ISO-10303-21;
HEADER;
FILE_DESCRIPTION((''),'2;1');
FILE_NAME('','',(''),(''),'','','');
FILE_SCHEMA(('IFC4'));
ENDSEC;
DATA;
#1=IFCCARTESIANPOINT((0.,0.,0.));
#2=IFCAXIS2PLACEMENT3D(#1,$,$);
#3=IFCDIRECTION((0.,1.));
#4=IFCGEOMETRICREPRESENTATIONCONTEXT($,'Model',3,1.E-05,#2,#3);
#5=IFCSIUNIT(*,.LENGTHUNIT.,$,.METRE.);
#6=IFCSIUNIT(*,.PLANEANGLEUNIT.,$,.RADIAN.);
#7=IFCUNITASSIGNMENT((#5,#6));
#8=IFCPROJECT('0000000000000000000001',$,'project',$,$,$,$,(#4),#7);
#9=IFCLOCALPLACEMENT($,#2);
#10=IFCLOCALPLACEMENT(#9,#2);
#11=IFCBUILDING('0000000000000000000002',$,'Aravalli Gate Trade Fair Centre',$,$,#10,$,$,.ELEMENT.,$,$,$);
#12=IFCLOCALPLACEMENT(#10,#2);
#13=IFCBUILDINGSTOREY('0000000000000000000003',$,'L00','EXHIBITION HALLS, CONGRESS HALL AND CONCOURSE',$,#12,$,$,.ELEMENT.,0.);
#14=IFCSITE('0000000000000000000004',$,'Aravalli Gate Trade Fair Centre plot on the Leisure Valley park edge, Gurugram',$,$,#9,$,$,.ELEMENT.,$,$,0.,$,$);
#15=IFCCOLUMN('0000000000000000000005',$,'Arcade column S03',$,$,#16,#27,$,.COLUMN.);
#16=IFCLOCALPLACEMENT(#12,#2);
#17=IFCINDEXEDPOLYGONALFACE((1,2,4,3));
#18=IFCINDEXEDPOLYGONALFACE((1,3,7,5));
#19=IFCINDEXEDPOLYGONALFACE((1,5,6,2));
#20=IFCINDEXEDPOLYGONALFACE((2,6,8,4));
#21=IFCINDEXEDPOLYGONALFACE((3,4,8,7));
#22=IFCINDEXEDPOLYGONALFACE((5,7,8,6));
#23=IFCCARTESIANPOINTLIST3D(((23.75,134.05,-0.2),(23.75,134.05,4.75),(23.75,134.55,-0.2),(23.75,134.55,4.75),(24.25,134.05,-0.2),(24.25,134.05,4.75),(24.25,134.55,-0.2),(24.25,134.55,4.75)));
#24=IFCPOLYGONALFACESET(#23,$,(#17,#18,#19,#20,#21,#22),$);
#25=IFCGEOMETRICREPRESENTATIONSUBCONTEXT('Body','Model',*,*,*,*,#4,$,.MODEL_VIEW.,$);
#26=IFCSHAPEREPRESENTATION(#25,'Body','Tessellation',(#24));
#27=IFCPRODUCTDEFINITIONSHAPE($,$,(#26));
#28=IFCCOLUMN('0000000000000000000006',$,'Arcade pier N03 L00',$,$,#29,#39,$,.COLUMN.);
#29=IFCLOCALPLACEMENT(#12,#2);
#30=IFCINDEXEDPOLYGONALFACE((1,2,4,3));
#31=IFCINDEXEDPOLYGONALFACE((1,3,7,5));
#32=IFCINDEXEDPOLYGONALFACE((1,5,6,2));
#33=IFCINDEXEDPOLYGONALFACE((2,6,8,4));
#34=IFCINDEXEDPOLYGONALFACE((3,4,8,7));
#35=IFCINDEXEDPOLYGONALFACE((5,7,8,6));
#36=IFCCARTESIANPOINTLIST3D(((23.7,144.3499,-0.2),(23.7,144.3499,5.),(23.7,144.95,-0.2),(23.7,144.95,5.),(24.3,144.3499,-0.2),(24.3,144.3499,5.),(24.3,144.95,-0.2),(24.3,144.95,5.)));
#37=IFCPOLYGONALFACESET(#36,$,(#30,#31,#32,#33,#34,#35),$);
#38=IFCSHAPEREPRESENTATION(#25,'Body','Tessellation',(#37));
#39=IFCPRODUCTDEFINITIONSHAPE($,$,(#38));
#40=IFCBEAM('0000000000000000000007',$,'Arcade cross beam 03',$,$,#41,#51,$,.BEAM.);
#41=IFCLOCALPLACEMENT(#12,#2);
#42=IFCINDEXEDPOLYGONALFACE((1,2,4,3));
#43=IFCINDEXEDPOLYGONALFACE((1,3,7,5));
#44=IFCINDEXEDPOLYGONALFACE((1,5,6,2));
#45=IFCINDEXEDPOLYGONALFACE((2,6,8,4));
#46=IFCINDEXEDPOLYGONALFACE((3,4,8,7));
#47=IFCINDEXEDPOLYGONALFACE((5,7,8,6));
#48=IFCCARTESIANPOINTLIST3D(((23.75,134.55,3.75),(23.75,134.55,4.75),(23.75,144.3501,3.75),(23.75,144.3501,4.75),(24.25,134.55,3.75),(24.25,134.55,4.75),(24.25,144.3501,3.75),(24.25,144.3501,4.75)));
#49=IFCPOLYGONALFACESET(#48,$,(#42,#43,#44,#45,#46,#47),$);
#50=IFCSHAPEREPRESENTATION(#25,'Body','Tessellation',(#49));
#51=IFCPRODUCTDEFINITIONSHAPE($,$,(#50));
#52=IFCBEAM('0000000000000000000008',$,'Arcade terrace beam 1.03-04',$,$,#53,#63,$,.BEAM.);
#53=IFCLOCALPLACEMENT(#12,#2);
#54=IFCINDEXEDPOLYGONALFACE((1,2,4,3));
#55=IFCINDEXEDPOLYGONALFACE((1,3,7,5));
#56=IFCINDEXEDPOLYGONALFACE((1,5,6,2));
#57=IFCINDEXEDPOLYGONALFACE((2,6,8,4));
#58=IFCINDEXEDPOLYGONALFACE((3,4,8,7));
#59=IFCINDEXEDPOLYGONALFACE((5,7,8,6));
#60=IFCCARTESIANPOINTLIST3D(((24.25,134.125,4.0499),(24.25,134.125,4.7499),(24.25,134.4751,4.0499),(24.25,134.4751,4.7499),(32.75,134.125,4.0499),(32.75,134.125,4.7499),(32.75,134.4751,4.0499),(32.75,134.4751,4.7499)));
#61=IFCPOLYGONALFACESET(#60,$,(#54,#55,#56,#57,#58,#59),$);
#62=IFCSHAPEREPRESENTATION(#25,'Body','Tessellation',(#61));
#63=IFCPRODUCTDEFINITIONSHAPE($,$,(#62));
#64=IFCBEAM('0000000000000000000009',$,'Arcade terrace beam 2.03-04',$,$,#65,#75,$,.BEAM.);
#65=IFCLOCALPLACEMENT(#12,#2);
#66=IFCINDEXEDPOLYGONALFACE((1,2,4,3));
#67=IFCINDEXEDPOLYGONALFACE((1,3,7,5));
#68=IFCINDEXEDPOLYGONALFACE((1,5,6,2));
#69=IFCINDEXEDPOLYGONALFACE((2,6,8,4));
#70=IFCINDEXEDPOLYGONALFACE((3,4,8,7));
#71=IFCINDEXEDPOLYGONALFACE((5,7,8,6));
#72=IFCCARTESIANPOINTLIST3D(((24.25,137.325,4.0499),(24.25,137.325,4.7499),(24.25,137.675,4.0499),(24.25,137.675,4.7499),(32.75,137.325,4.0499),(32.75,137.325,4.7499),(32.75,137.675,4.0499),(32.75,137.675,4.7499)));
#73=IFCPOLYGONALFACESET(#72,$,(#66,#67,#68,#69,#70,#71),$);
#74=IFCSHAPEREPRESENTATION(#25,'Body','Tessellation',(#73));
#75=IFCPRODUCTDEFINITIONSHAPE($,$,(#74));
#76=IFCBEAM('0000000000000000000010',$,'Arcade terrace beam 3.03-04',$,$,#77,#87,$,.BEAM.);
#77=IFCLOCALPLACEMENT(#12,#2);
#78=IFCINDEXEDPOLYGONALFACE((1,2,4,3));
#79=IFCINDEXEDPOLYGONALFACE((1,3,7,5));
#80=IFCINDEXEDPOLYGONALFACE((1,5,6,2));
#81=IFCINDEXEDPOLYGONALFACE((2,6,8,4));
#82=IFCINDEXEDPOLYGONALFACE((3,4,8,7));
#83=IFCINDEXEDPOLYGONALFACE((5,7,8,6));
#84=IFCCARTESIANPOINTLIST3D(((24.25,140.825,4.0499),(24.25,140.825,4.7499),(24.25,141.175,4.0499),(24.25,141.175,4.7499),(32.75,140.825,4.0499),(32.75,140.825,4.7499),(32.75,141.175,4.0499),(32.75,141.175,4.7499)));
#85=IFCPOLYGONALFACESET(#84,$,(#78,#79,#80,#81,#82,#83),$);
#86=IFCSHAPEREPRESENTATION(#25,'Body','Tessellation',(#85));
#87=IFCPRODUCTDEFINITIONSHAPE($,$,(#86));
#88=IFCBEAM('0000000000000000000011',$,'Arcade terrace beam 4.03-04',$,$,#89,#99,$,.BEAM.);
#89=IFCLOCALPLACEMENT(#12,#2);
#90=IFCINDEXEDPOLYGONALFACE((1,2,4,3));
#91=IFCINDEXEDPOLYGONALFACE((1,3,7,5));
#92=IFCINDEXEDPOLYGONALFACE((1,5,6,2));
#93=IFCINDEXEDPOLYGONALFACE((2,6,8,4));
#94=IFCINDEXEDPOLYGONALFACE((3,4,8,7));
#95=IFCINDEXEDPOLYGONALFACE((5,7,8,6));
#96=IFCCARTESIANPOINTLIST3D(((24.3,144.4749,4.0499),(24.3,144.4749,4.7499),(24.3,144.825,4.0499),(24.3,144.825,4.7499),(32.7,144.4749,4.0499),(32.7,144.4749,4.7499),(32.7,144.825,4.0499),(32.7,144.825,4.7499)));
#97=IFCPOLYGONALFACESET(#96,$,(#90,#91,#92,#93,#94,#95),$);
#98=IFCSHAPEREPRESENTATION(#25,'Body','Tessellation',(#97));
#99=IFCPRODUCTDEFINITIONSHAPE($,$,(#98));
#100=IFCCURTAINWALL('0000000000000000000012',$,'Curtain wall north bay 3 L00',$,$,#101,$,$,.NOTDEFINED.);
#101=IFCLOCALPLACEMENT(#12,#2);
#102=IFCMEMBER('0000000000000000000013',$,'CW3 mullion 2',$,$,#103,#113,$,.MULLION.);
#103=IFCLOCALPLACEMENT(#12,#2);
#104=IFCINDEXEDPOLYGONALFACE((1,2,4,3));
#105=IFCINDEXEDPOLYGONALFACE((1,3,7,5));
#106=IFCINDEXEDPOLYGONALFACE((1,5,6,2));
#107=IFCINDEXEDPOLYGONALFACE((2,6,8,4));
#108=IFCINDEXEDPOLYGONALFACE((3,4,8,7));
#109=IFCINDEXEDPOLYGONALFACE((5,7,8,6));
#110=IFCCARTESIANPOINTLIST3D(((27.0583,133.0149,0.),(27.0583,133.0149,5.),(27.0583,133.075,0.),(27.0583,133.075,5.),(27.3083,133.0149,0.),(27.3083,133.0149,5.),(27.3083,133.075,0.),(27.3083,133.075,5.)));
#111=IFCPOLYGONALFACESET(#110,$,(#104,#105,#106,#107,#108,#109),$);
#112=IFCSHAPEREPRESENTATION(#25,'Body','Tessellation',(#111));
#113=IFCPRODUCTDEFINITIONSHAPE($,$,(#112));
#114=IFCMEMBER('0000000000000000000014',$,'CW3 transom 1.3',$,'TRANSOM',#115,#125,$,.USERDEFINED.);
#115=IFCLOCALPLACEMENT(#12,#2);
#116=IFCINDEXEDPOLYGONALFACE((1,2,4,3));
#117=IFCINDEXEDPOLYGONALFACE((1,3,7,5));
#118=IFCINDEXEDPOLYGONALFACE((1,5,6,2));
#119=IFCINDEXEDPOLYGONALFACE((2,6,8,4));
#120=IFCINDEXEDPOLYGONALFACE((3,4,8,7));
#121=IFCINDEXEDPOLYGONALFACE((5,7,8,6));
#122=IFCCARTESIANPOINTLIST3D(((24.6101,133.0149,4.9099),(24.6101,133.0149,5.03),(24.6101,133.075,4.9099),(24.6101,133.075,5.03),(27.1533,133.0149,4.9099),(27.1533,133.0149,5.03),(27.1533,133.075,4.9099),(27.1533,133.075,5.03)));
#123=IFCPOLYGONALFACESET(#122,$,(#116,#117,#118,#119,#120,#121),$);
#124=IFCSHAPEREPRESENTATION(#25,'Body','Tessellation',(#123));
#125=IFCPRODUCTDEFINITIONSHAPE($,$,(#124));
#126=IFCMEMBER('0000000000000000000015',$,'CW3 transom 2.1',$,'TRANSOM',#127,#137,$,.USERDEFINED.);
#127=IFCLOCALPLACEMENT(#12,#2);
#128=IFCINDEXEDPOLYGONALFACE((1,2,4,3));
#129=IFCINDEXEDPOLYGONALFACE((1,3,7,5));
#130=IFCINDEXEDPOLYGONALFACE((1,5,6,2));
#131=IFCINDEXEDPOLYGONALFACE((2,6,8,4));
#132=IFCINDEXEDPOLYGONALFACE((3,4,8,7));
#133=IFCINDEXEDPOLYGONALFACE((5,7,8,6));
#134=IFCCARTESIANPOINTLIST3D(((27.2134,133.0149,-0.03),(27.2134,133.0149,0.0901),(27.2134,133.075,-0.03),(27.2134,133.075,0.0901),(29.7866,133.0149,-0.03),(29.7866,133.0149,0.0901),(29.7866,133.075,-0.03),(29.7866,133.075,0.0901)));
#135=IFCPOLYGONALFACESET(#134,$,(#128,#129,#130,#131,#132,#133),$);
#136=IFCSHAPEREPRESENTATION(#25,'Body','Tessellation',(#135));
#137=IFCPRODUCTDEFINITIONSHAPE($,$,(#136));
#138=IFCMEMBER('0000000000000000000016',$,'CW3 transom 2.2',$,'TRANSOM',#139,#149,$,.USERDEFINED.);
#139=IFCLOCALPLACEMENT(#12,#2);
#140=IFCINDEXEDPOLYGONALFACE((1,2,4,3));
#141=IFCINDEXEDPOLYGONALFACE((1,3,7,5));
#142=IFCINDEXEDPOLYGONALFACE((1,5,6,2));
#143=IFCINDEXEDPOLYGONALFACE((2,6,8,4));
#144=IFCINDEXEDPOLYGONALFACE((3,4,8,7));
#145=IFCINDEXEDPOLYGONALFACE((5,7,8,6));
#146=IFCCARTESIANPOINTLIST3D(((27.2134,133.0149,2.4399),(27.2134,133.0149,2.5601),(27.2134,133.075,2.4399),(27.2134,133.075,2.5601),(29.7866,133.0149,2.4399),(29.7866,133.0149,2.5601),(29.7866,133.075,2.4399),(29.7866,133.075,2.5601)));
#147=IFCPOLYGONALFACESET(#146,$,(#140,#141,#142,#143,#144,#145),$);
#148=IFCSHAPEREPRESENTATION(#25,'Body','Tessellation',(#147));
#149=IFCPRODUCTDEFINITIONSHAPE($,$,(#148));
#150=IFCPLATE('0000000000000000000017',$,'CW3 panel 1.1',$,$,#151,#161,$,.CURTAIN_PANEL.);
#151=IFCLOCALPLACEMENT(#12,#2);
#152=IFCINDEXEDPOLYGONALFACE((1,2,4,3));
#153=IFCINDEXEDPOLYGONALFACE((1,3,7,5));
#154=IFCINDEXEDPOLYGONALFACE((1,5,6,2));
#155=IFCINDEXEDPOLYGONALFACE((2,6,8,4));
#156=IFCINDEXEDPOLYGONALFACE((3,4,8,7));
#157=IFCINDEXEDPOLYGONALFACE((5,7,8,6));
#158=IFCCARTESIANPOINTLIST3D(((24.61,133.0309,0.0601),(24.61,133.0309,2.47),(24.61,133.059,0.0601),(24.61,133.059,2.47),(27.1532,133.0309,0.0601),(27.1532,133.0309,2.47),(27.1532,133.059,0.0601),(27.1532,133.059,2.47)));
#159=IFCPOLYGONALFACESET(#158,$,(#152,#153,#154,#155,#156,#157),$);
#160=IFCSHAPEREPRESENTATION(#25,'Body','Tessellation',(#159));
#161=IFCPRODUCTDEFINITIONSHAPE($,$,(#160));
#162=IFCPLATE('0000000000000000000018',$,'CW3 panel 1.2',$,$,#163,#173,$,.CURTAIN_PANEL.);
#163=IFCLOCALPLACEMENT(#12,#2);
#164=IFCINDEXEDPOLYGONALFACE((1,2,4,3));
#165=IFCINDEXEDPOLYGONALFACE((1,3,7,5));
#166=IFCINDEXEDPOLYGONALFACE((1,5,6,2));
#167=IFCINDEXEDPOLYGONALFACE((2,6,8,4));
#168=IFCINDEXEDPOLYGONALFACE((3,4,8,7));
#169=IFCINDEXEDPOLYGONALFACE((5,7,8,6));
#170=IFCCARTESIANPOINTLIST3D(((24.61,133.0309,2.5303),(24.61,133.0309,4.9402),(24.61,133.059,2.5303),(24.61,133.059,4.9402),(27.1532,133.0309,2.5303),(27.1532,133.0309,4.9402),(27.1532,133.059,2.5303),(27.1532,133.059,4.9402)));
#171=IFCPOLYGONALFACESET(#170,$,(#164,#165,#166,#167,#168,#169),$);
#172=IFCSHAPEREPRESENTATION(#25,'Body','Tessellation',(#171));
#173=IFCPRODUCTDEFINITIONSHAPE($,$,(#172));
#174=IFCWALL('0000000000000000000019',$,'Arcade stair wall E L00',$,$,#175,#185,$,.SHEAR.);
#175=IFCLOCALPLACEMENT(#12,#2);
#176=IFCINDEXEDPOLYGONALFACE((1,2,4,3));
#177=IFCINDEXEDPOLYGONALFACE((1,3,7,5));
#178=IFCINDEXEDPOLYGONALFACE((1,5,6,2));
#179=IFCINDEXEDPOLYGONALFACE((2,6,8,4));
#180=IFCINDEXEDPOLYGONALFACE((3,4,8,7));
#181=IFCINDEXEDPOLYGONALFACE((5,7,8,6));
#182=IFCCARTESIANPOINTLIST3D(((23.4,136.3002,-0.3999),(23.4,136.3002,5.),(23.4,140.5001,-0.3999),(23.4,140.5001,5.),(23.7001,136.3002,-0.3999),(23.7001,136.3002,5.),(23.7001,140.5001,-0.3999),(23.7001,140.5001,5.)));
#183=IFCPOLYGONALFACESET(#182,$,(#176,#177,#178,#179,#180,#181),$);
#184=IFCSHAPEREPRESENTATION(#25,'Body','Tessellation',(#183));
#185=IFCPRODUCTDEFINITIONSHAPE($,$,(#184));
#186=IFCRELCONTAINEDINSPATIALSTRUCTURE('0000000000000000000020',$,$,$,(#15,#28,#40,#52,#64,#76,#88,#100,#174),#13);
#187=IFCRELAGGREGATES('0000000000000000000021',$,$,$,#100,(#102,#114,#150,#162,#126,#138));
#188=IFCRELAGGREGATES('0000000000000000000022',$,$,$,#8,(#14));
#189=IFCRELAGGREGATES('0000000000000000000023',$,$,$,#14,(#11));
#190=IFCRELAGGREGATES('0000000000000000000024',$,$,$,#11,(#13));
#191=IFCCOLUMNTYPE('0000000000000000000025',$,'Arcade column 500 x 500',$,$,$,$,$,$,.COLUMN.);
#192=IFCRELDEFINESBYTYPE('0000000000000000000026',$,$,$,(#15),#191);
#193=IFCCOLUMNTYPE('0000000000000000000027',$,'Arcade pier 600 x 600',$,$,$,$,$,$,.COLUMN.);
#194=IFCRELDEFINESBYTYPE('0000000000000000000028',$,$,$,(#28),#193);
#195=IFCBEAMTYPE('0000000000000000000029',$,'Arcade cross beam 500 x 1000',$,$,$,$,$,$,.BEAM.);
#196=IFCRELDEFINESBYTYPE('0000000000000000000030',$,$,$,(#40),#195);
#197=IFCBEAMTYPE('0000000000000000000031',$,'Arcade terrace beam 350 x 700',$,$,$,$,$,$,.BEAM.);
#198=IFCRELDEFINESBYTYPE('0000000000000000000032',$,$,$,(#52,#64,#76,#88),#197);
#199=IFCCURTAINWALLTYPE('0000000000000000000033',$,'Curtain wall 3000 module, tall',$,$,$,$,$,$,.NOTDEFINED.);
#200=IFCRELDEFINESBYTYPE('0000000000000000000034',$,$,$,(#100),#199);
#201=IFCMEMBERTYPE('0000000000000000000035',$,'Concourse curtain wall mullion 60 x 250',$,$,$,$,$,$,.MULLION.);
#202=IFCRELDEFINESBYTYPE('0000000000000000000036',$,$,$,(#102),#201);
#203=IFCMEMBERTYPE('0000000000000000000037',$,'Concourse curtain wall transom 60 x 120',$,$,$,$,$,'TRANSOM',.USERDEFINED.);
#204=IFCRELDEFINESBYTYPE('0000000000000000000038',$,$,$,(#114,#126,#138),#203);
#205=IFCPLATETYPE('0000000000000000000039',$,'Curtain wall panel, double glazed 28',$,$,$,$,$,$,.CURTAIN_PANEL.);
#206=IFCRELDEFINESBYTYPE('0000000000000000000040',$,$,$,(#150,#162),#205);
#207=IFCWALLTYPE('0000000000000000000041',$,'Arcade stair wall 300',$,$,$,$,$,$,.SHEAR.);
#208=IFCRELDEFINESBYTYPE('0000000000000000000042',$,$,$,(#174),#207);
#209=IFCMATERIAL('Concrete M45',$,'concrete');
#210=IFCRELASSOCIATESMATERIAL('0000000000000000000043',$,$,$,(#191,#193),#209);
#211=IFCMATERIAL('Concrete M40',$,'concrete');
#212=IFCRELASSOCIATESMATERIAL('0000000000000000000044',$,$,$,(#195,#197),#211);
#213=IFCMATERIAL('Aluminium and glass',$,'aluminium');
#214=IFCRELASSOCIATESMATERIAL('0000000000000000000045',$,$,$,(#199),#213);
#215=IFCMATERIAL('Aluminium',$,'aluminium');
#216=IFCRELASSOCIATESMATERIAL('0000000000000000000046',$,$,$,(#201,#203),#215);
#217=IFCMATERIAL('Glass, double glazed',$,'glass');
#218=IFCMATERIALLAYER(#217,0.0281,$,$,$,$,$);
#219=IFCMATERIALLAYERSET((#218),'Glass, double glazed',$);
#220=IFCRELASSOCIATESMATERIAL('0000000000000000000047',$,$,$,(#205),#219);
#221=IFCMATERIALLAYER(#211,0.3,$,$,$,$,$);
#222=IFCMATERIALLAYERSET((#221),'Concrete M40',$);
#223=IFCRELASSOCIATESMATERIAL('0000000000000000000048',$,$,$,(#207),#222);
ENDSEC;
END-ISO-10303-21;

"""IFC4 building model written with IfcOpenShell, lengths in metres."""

from ifc_helpers import new_model, si_unit, direction, frame, frame_2d, origin, origin_2d, place, context, subcontext, project, spatial, rectangle, extrude, material, layer, layer_set, material_profile, profile_set, type_object, element, aggregate, save


model = new_model("IFC4")

# Units and contexts
model_context = context("Model", 3, precision=1e-05, world=origin(), true_north=direction((0.0, 1.0)))
body_context = subcontext(model_context, "Body", "Model", "MODEL_VIEW")
ifc_project = project(units=[si_unit("LENGTHUNIT", "METRE"), si_unit("PLANEANGLEUNIT", "RADIAN")], contexts=[model_context])

# Site, building, storey
site_placement = place(None, origin())
site = spatial("IfcSite", under=ifc_project, at=site_placement, Name="Aravalli Gate Trade Fair Centre plot on the Leisure Valley park edge, Gurugram", CompositionType="ELEMENT", RefElevation=0.0)
building_placement = place(site_placement, origin())
building = spatial("IfcBuilding", under=site, at=building_placement, Name="Aravalli Gate Trade Fair Centre", CompositionType="ELEMENT")
storey_placement = place(building_placement, origin())
storey = spatial("IfcBuildingStorey", under=building, at=storey_placement, Name="L00", Description="EXHIBITION HALLS, CONGRESS HALL AND CONCOURSE", CompositionType="ELEMENT", Elevation=0.0)

# Columns
ifc_material_1 = material(Name="Concrete M45", Category="concrete")
ifc_material_profile_1 = material_profile(ifc_material_1, rectangle(XDim=0.5, YDim=0.5, at=origin_2d()), Name="Arcade column 500 x 500")
ifc_profile_set_1 = profile_set([ifc_material_profile_1], Name="Concrete M45")
column_type_1 = type_object("IfcColumnType", Name="Arcade column 500 x 500", PredefinedType="COLUMN", material=ifc_profile_set_1)
column_1_placement = place(storey_placement, frame((24.0, 134.3, -0.2), z_axis=(0.0, 0.0, 1.0), x_axis=(1.0, 0.0, 0.0)))
element("IfcColumn", 1, at=column_1_placement, inside=storey, type_object=column_type_1, Name="Arcade column S03", PredefinedType="COLUMN", context=body_context, shape_type="SweptSolid", body=[
    extrude(rectangle(XDim=0.5, YDim=0.5, at=origin_2d()), origin(), (0.0, 0.0, 1.0), 4.95),
])
ifc_material_profile_2 = material_profile(ifc_material_1, rectangle(XDim=0.6001, YDim=0.6001, at=origin_2d()), Name="Arcade pier 600 x 600")
ifc_profile_set_2 = profile_set([ifc_material_profile_2], Name="Concrete M45")
column_type_2 = type_object("IfcColumnType", Name="Arcade pier 600 x 600", PredefinedType="COLUMN", material=ifc_profile_set_2)
column_2_placement = place(storey_placement, frame((24.0, 144.6499, -0.2), z_axis=(0.0, 0.0, 1.0), x_axis=(1.0, 0.0, 0.0)))
element("IfcColumn", 2, at=column_2_placement, inside=storey, type_object=column_type_2, Name="Arcade pier N03 L00", PredefinedType="COLUMN", context=body_context, shape_type="SweptSolid", body=[
    extrude(rectangle(XDim=0.6001, YDim=0.6001, at=origin_2d()), origin(), (0.0, 0.0, 1.0), 5.2),
])

# Beams
ifc_material_2 = material(Name="Concrete M40", Category="concrete")
ifc_material_profile_3 = material_profile(ifc_material_2, rectangle(XDim=0.5, YDim=1.0, at=origin_2d()), Name="Arcade cross beam 500 x 1000")
ifc_profile_set_3 = profile_set([ifc_material_profile_3], Name="Concrete M40")
beam_type_1 = type_object("IfcBeamType", Name="Arcade cross beam 500 x 1000", PredefinedType="BEAM", material=ifc_profile_set_3)
beam_1_placement = place(storey_placement, frame((24.0, 134.55, 4.25), z_axis=(0.0, 1.0, 0.0), x_axis=(-1.0, 0.0, 0.0)))
element("IfcBeam", 3, at=beam_1_placement, inside=storey, type_object=beam_type_1, Name="Arcade cross beam 03", PredefinedType="BEAM", context=body_context, shape_type="SweptSolid", body=[
    extrude(rectangle(XDim=0.5, YDim=1.0, at=origin_2d()), origin(), (0.0, 0.0, 1.0), 9.8),
])
ifc_material_profile_4 = material_profile(ifc_material_2, rectangle(XDim=0.3501, YDim=0.7, at=origin_2d()), Name="Arcade terrace beam 350 x 700")
ifc_profile_set_4 = profile_set([ifc_material_profile_4], Name="Concrete M40")
beam_type_2 = type_object("IfcBeamType", Name="Arcade terrace beam 350 x 700", PredefinedType="BEAM", material=ifc_profile_set_4)
for number, where, z_axis, x_axis, name in (
    (4, (24.25, 134.3, 4.3999), (1.0, 0.0, 0.0), (0.0, 1.0, 0.0), "Arcade terrace beam 1.03-04"),
    (5, (24.25, 137.5, 4.3999), (1.0, 0.0, 0.0), (0.0, 1.0, 0.0), "Arcade terrace beam 2.03-04"),
    (6, (24.25, 141.0, 4.3999), (1.0, 0.0, 0.0), (0.0, 1.0, 0.0), "Arcade terrace beam 3.03-04"),
):
    element("IfcBeam", number, at=place(storey_placement, frame(where, z_axis=z_axis, x_axis=x_axis)), inside=storey, type_object=beam_type_2, Name=name, PredefinedType="BEAM", context=body_context, shape_type="SweptSolid", body=[
        extrude(rectangle(XDim=0.3501, YDim=0.7, at=origin_2d()), origin(), (0.0, 0.0, 1.0), 8.5),
    ])
beam_2_placement = place(storey_placement, frame((24.3, 144.6499, 4.3999), z_axis=(1.0, 0.0, 0.0), x_axis=(0.0, 1.0, 0.0)))
element("IfcBeam", 7, at=beam_2_placement, inside=storey, type_object=beam_type_2, Name="Arcade terrace beam 4.03-04", PredefinedType="BEAM", context=body_context, shape_type="SweptSolid", body=[
    extrude(rectangle(XDim=0.3501, YDim=0.7, at=origin_2d()), origin(), (0.0, 0.0, 1.0), 8.3999),
])

# Curtain wall, members, plates
ifc_material_3 = material(Name="Aluminium and glass", Category="aluminium")
curtain_wall_type = type_object("IfcCurtainWallType", Name="Curtain wall 3000 module, tall", PredefinedType="NOTDEFINED", material=ifc_material_3)
curtain_wall_placement = place(storey_placement, origin())
curtain_wall = element("IfcCurtainWall", 8, at=curtain_wall_placement, inside=storey, type_object=curtain_wall_type, Name="Curtain wall north bay 3 L00", PredefinedType="NOTDEFINED")
ifc_material_4 = material(Name="Aluminium", Category="aluminium")
ifc_material_profile_5 = material_profile(ifc_material_4, rectangle(XDim=0.0601, YDim=0.25, at=origin_2d()), Name="Concourse curtain wall mullion 60 x 250")
ifc_profile_set_5 = profile_set([ifc_material_profile_5], Name="Aluminium")
member_type_1 = type_object("IfcMemberType", Name="Concourse curtain wall mullion 60 x 250", PredefinedType="MULLION", material=ifc_profile_set_5)
member_1_placement = place(storey_placement, frame((27.1833, 133.0449, 0.0), z_axis=(0.0, 0.0, 1.0), x_axis=(0.0, 1.0, 0.0)))
member_1 = element("IfcMember", 9, at=member_1_placement, type_object=member_type_1, Name="CW3 mullion 2", PredefinedType="MULLION", context=body_context, shape_type="SweptSolid", body=[
    extrude(rectangle(XDim=0.0601, YDim=0.25, at=origin_2d()), origin(), (0.0, 0.0, 1.0), 5.0),
])
ifc_material_profile_6 = material_profile(ifc_material_4, rectangle(XDim=0.0601, YDim=0.1201, at=origin_2d()), Name="Concourse curtain wall transom 60 x 120")
ifc_profile_set_6 = profile_set([ifc_material_profile_6], Name="Aluminium")
member_type_2 = type_object("IfcMemberType", Name="Concourse curtain wall transom 60 x 120", ElementType="TRANSOM", PredefinedType="USERDEFINED", material=ifc_profile_set_6)
member_2_placement = place(storey_placement, frame((24.6101, 133.0449, 4.97), z_axis=(1.0, 0.0, 0.0), x_axis=(0.0, 1.0, 0.0)))
member_2 = element("IfcMember", 10, at=member_2_placement, type_object=member_type_2, Name="CW3 transom 1.3", ObjectType="TRANSOM", PredefinedType="USERDEFINED", context=body_context, shape_type="SweptSolid", body=[
    extrude(rectangle(XDim=0.0601, YDim=0.1201, at=origin_2d()), origin(), (0.0, 0.0, 1.0), 2.5432),
])
member_3_placement = place(storey_placement, frame((27.2134, 133.0449, 0.03), z_axis=(1.0, 0.0, 0.0), x_axis=(0.0, 1.0, 0.0)))
member_3 = element("IfcMember", 11, at=member_3_placement, type_object=member_type_2, Name="CW3 transom 2.1", ObjectType="TRANSOM", PredefinedType="USERDEFINED", context=body_context, shape_type="SweptSolid", body=[
    extrude(rectangle(XDim=0.0601, YDim=0.1201, at=origin_2d()), origin(), (0.0, 0.0, 1.0), 2.5732),
])
member_4_placement = place(storey_placement, frame((27.2134, 133.0449, 2.5), z_axis=(1.0, 0.0, 0.0), x_axis=(0.0, 1.0, 0.0)))
member_4 = element("IfcMember", 12, at=member_4_placement, type_object=member_type_2, Name="CW3 transom 2.2", ObjectType="TRANSOM", PredefinedType="USERDEFINED", context=body_context, shape_type="SweptSolid", body=[
    extrude(rectangle(XDim=0.0601, YDim=0.1201, at=origin_2d()), origin(), (0.0, 0.0, 1.0), 2.5732),
])
ifc_material_5 = material(Name="Glass, double glazed", Category="glass")
ifc_layer_1 = layer(ifc_material_5, 0.0281)
ifc_layer_set_1 = layer_set([ifc_layer_1], Name="Glass, double glazed")
plate_type = type_object("IfcPlateType", Name="Curtain wall panel, double glazed 28", PredefinedType="CURTAIN_PANEL", material=ifc_layer_set_1)
plate_1_placement = place(storey_placement, frame((25.8816, 133.0449, 0.0601), z_axis=(0.0, 0.0, 1.0), x_axis=(1.0, 0.0, 0.0)))
plate_1 = element("IfcPlate", 13, at=plate_1_placement, type_object=plate_type, Name="CW3 panel 1.1", PredefinedType="CURTAIN_PANEL", context=body_context, shape_type="SweptSolid", body=[
    extrude(rectangle(XDim=2.5432, YDim=0.0281, at=origin_2d()), origin(), (0.0, 0.0, 1.0), 2.4099),
])
plate_2_placement = place(storey_placement, frame((25.8816, 133.0449, 2.5303), z_axis=(0.0, 0.0, 1.0), x_axis=(1.0, 0.0, 0.0)))
plate_2 = element("IfcPlate", 14, at=plate_2_placement, type_object=plate_type, Name="CW3 panel 1.2", PredefinedType="CURTAIN_PANEL", context=body_context, shape_type="SweptSolid", body=[
    extrude(rectangle(XDim=2.5432, YDim=0.0281, at=origin_2d()), origin(), (0.0, 0.0, 1.0), 2.4099),
])
aggregate(curtain_wall, [member_1, member_2, plate_1, plate_2, member_3, member_4])

# Wall
ifc_layer_2 = layer(ifc_material_2, 0.3)
ifc_layer_set_2 = layer_set([ifc_layer_2], Name="Concrete M40")
wall_type_1 = type_object("IfcWallType", Name="Arcade stair wall 300", PredefinedType="SHEAR", material=ifc_layer_set_2)
wall_1_placement = place(storey_placement, frame((23.55, 136.3, -0.3999), z_axis=(0.0, 0.0, 1.0), x_axis=(0.0, 1.0, 0.0)))
element("IfcWall", 15, at=wall_1_placement, inside=storey, type_object=wall_type_1, Name="Arcade stair wall E L00", PredefinedType="SHEAR", context=body_context, shape_type="SweptSolid", body=[
    extrude(rectangle(XDim=4.2, YDim=0.3, at=frame_2d((2.1001, 0.0))), origin(), (0.0, 0.0, 1.0), 5.3999),
])

save(model, "model.ifc")
